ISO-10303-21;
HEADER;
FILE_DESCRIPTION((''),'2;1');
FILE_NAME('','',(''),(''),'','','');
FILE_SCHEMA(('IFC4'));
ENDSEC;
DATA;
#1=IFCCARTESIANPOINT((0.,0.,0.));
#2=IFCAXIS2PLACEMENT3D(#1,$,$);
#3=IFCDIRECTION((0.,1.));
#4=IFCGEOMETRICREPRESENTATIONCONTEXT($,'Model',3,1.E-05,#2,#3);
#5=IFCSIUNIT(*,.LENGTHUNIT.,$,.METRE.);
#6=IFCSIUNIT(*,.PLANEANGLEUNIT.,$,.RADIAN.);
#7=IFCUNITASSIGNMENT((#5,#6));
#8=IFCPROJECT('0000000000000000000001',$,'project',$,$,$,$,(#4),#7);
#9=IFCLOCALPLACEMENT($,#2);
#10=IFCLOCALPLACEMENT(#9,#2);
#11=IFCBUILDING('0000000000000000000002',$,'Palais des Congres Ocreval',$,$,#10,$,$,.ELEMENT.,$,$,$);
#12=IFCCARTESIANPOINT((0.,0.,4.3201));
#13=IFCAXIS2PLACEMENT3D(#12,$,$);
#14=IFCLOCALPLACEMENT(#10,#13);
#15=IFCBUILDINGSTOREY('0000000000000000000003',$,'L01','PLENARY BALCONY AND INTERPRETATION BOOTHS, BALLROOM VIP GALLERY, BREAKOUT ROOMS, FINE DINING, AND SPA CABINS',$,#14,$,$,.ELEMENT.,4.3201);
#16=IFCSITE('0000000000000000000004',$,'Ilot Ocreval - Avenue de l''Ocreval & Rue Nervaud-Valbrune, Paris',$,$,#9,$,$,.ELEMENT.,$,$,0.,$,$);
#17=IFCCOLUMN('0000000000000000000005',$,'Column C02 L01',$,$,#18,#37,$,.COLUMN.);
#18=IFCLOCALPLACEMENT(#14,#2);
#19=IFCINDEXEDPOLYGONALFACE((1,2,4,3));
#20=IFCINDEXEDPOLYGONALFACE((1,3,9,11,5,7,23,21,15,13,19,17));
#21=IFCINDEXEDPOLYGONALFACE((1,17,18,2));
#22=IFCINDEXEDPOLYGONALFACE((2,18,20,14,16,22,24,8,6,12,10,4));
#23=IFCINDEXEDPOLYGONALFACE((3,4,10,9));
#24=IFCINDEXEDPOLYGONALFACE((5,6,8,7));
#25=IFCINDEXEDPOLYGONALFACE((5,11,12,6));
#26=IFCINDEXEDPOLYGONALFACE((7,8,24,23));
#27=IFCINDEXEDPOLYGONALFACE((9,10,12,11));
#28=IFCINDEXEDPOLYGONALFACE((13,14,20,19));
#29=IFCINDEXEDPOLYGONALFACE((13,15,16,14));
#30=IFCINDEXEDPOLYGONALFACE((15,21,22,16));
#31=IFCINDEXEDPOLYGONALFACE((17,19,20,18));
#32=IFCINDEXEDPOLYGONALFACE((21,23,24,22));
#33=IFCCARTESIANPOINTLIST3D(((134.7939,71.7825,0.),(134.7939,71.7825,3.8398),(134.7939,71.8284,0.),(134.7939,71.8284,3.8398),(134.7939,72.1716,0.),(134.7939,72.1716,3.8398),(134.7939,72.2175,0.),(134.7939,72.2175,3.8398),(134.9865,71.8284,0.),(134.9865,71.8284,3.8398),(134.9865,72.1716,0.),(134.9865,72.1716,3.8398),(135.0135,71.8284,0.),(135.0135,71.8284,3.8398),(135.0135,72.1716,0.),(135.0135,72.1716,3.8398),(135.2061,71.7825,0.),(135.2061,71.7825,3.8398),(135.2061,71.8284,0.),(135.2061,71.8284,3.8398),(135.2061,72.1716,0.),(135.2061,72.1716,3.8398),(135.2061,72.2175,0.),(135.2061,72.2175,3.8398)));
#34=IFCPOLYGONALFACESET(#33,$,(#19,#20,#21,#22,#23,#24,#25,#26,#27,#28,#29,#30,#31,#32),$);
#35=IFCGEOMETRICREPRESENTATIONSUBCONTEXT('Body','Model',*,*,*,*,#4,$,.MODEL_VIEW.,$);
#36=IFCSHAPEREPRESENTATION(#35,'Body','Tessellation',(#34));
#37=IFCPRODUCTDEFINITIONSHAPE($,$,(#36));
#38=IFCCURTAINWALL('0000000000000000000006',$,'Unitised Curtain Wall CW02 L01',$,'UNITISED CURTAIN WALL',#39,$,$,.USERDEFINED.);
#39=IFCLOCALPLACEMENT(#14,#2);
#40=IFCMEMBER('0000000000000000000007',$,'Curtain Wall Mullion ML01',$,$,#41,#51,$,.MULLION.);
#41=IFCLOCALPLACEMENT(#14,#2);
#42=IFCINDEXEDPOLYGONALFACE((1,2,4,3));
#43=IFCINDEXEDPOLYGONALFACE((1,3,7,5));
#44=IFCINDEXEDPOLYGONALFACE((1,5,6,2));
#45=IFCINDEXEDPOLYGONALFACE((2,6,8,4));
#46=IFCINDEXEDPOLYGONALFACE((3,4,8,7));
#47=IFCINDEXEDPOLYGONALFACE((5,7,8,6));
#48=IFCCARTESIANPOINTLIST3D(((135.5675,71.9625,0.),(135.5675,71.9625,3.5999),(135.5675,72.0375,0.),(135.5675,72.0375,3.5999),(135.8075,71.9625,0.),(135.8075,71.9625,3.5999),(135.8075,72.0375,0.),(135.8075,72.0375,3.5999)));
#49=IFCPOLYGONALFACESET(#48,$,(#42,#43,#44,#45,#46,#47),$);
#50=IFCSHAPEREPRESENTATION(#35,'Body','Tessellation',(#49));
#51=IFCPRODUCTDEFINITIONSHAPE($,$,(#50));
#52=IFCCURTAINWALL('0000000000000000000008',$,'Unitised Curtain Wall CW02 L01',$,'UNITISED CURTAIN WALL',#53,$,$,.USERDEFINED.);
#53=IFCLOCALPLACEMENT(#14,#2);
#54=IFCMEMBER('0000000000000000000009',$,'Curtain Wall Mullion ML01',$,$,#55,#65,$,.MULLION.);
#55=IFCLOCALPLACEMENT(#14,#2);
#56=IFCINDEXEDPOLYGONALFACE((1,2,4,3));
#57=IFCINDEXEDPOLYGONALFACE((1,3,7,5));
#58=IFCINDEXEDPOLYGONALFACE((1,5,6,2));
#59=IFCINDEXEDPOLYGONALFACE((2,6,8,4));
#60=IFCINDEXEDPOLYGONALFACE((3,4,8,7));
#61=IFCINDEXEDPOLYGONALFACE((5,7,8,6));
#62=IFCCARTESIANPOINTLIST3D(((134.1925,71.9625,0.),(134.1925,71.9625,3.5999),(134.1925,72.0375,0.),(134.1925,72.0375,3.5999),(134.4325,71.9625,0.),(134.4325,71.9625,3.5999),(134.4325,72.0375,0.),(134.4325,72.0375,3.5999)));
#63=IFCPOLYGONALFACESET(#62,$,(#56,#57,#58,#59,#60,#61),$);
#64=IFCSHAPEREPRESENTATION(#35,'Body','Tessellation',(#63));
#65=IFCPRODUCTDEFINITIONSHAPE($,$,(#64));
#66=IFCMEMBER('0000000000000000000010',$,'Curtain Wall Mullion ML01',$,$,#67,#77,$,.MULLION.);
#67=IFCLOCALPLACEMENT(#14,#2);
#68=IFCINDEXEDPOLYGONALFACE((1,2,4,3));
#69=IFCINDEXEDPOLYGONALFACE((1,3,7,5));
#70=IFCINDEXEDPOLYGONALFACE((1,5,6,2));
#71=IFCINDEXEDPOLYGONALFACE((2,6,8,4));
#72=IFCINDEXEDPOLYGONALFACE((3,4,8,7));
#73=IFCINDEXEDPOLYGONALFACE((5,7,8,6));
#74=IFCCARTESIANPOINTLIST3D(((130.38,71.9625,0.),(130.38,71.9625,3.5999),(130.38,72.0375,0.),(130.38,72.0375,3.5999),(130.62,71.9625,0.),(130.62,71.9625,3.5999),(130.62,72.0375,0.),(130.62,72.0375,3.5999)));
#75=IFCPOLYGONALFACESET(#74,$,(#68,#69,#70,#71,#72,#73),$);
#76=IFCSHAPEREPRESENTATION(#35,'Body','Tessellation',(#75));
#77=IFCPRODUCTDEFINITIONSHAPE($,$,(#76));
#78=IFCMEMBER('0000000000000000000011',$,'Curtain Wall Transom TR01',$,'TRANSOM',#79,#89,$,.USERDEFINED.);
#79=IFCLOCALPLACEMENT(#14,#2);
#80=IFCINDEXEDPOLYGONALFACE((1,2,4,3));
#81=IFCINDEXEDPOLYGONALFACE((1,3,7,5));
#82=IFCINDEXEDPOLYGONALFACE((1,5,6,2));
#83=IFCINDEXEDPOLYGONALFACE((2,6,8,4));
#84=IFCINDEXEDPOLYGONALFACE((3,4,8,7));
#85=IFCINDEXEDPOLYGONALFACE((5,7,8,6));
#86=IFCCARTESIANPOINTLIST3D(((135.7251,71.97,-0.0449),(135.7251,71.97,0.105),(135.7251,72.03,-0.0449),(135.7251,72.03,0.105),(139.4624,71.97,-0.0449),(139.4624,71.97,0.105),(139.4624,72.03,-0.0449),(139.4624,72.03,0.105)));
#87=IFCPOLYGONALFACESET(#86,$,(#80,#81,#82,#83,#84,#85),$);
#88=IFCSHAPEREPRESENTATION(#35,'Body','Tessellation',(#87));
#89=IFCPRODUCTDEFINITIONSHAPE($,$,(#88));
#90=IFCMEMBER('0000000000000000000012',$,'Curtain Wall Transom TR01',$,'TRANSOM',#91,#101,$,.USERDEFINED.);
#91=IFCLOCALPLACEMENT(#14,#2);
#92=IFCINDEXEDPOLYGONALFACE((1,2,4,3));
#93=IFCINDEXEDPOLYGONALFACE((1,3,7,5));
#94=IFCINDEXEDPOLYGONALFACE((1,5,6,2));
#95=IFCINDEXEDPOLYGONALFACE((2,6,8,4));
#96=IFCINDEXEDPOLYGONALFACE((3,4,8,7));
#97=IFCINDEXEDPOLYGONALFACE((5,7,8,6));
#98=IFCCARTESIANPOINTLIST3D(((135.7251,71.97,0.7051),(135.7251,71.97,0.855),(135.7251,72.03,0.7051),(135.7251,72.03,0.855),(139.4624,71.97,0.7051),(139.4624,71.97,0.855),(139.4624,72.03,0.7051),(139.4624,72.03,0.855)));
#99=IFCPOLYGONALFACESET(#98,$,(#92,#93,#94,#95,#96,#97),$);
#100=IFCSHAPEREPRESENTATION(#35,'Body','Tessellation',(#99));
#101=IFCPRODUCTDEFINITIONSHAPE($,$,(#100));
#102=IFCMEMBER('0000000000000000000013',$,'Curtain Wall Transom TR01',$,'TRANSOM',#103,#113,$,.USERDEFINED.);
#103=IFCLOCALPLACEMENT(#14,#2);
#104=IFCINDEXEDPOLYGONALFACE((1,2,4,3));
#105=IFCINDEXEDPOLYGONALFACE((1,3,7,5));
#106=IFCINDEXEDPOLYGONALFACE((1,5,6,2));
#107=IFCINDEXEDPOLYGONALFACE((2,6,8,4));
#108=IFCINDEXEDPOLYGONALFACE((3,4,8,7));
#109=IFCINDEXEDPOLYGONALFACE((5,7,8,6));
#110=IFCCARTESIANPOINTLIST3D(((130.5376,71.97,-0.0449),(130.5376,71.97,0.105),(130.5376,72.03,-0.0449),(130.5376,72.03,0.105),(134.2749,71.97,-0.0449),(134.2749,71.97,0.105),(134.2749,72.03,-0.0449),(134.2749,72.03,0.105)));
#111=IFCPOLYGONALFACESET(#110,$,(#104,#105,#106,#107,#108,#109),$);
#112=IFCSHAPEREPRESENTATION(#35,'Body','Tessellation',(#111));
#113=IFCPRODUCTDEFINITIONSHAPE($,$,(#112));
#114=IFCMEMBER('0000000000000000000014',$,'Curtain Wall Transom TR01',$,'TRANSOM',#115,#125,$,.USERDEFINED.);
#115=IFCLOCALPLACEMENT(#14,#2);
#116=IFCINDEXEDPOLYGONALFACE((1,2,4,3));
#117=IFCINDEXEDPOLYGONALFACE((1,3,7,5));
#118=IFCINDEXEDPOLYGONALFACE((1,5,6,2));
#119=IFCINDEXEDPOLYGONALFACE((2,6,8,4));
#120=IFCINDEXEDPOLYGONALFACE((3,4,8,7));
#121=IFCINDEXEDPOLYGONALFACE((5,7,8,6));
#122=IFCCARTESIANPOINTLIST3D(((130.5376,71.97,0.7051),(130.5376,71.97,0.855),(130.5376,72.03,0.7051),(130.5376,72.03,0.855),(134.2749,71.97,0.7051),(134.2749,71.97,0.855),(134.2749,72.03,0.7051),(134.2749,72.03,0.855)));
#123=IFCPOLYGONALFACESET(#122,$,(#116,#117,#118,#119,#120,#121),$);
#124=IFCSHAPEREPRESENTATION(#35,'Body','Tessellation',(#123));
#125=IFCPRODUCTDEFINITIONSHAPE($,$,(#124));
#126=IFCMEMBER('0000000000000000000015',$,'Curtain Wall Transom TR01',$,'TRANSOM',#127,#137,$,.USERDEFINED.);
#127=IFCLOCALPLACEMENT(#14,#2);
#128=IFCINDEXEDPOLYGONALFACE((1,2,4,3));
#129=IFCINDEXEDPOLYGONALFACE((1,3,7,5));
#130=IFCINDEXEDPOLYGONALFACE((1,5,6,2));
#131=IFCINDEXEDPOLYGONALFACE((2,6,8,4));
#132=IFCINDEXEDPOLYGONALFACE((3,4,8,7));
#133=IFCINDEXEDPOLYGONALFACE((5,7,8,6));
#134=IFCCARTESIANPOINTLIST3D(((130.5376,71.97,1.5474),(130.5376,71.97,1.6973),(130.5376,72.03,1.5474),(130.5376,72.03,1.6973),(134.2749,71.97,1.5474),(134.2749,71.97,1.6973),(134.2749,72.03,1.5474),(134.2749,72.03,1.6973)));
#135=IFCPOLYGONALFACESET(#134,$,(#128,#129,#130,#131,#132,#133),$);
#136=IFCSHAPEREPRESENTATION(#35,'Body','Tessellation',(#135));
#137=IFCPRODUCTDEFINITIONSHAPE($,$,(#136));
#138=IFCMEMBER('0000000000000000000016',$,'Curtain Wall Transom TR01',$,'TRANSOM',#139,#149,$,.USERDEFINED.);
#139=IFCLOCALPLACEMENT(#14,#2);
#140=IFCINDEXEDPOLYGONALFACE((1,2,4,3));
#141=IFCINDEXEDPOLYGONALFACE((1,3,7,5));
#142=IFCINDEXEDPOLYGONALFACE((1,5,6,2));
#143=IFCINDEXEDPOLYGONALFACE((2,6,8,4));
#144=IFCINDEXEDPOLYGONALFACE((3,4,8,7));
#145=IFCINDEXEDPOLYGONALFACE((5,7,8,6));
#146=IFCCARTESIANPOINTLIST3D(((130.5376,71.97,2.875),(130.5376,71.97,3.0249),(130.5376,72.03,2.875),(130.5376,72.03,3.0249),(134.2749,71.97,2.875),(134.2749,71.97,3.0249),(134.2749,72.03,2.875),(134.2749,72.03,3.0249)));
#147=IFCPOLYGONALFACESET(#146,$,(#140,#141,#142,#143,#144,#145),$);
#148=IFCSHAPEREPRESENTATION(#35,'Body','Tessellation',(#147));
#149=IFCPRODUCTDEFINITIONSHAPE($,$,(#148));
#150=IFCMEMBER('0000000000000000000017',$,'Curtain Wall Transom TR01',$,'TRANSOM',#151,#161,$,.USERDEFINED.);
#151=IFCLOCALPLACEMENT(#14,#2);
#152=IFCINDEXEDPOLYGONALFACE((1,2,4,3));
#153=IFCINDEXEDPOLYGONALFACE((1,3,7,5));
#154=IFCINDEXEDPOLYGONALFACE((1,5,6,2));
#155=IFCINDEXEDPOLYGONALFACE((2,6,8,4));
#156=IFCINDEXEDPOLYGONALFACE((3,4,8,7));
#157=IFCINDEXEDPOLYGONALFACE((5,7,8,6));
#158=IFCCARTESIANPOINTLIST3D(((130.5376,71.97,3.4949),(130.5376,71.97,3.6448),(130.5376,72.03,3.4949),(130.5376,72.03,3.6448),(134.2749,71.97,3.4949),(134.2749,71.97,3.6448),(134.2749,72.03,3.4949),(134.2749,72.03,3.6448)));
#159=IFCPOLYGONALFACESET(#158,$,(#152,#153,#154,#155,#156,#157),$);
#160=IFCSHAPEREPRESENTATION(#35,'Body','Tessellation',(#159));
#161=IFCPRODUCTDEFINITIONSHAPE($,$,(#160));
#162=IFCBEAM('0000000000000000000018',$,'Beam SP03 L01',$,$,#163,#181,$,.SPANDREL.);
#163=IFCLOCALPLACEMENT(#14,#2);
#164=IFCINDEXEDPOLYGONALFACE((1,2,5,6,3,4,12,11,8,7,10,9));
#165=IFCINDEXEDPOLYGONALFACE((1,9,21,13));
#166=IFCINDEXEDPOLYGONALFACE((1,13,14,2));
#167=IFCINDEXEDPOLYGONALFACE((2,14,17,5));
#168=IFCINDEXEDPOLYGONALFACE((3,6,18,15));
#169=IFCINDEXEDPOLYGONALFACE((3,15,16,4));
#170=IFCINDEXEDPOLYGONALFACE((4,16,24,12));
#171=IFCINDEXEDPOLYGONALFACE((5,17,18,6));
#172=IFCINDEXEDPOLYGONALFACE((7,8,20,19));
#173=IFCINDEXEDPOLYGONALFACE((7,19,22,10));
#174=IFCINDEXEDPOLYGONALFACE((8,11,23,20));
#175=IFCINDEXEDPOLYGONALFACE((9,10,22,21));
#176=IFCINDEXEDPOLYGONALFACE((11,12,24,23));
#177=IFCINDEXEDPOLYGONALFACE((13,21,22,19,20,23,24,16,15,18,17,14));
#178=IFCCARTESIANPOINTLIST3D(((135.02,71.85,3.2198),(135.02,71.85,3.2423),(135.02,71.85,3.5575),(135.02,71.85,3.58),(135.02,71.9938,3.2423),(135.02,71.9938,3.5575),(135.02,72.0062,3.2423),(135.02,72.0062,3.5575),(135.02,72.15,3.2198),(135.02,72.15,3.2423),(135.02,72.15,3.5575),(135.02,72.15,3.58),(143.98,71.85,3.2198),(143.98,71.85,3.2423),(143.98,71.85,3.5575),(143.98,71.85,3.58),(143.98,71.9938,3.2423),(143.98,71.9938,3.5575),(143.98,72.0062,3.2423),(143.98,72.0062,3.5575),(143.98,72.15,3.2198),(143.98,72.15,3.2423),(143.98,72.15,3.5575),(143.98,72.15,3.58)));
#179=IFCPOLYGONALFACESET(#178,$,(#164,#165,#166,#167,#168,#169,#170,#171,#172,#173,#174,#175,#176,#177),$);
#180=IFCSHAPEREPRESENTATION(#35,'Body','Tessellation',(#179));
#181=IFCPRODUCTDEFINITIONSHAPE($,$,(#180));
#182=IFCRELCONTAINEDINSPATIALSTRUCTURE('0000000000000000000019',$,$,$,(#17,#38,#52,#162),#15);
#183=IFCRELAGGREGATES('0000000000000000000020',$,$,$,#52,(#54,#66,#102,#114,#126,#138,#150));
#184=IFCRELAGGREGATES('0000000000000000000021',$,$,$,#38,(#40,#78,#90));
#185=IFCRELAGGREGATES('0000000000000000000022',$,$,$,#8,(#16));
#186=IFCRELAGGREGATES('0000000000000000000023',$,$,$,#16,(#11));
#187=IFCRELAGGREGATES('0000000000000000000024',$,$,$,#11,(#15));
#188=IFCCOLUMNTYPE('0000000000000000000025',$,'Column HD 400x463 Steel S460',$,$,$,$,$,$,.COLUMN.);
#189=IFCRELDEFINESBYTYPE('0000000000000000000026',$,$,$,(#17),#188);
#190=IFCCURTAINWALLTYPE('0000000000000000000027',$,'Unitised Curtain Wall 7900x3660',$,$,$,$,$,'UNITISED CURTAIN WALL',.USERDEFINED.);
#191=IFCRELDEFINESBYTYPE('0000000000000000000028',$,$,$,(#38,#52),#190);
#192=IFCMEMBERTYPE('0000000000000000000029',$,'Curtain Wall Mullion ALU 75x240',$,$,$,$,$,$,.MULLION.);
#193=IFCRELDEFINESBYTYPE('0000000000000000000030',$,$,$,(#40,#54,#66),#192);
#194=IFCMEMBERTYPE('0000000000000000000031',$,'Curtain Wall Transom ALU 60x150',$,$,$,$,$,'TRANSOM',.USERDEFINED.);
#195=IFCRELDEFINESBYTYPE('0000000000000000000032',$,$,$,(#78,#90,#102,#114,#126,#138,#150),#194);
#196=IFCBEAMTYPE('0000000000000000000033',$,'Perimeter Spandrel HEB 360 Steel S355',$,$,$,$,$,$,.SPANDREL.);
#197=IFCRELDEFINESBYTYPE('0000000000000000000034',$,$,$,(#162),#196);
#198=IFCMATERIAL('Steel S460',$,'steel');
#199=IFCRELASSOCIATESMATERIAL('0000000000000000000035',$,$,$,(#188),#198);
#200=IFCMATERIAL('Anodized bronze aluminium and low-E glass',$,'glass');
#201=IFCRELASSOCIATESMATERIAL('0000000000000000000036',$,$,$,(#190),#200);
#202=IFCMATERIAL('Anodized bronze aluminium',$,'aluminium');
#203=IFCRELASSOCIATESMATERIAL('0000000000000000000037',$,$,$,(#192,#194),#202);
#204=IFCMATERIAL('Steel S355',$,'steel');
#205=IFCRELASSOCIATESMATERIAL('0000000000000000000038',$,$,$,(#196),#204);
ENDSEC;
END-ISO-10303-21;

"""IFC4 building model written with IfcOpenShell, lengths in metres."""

from ifc_helpers import new_model, si_unit, direction, frame, origin, origin_2d, place, context, subcontext, project, spatial, rectangle, i_section, extrude, material, material_profile, profile_set, type_object, element, aggregate, save


model = new_model("IFC4")

# Units and contexts
model_context = context("Model", 3, precision=1e-05, world=origin(), true_north=direction((0.0, 1.0)))
body_context = subcontext(model_context, "Body", "Model", "MODEL_VIEW")
ifc_project = project(units=[si_unit("LENGTHUNIT", "METRE"), si_unit("PLANEANGLEUNIT", "RADIAN")], contexts=[model_context])

# Site, building, storey
site_placement = place(None, origin())
site = spatial("IfcSite", under=ifc_project, at=site_placement, Name="Ilot Ocreval - Avenue de l'Ocreval & Rue Nervaud-Valbrune, Paris", CompositionType="ELEMENT", RefElevation=0.0)
building_placement = place(site_placement, origin())
building = spatial("IfcBuilding", under=site, at=building_placement, Name="Palais des Congres Ocreval", CompositionType="ELEMENT")
storey_placement = place(building_placement, frame((0.0, 0.0, 4.3201)))
storey = spatial("IfcBuildingStorey", under=building, at=storey_placement, Name="L01", Description="PLENARY BALCONY AND INTERPRETATION BOOTHS, BALLROOM VIP GALLERY, BREAKOUT ROOMS, FINE DINING, AND SPA CABINS", CompositionType="ELEMENT", Elevation=4.3201)

# Column
ifc_material_1 = material(Name="Steel S460", Category="steel")
ifc_material_profile_1 = material_profile(ifc_material_1, i_section(OverallWidth=0.4121, OverallDepth=0.4351, WebThickness=0.0271, FlangeThickness=0.0459, at=origin_2d()), Name="HD 400x463")
ifc_profile_set_1 = profile_set([ifc_material_profile_1], Name="Steel S460")
column_type = type_object("IfcColumnType", Name="Column HD 400x463 Steel S460", PredefinedType="COLUMN", material=ifc_profile_set_1)
column_placement = place(storey_placement, frame((135.0, 72.0, 0.0), z_axis=(0.0, 0.0, 1.0), x_axis=(1.0, 0.0, 0.0)))
element("IfcColumn", 1, at=column_placement, inside=storey, type_object=column_type, Name="Column C02 L01", PredefinedType="COLUMN", context=body_context, shape_type="SweptSolid", body=[
    extrude(i_section(OverallWidth=0.4121, OverallDepth=0.4351, WebThickness=0.0271, FlangeThickness=0.0459, at=origin_2d()), origin(), (0.0, 0.0, 1.0), 3.8398),
])

# Curtain wall, member
ifc_material_2 = material(Name="Anodized bronze aluminium and low-E glass", Category="glass")
curtain_wall_type = type_object("IfcCurtainWallType", Name="Unitised Curtain Wall 7900x3660", ElementType="UNITISED CURTAIN WALL", PredefinedType="USERDEFINED", material=ifc_material_2)
curtain_wall_1_placement = place(storey_placement, origin())
curtain_wall_1 = element("IfcCurtainWall", 2, at=curtain_wall_1_placement, inside=storey, type_object=curtain_wall_type, Name="Unitised Curtain Wall CW02 L01", ObjectType="UNITISED CURTAIN WALL", PredefinedType="USERDEFINED")
ifc_material_3 = material(Name="Anodized bronze aluminium", Category="aluminium")
ifc_material_profile_2 = material_profile(ifc_material_3, rectangle(XDim=0.075, YDim=0.24, at=origin_2d()), Name="ALU 75x240")
ifc_profile_set_2 = profile_set([ifc_material_profile_2], Name="Anodized bronze aluminium")
member_type_1 = type_object("IfcMemberType", Name="Curtain Wall Mullion ALU 75x240", PredefinedType="MULLION", material=ifc_profile_set_2)
member_1_placement = place(storey_placement, frame((135.6875, 72.0, 0.0), z_axis=(0.0, 0.0, 1.0), x_axis=(0.0, -1.0, 0.0)))
member_1 = element("IfcMember", 3, at=member_1_placement, type_object=member_type_1, Name="Curtain Wall Mullion ML01", PredefinedType="MULLION", context=body_context, shape_type="SweptSolid", body=[
    extrude(rectangle(XDim=0.075, YDim=0.24, at=origin_2d()), origin(), (0.0, 0.0, 1.0), 3.5999),
])

# Curtain wall, members
curtain_wall_2_placement = place(storey_placement, origin())
curtain_wall_2 = element("IfcCurtainWall", 4, at=curtain_wall_2_placement, inside=storey, type_object=curtain_wall_type, Name="Unitised Curtain Wall CW02 L01", ObjectType="UNITISED CURTAIN WALL", PredefinedType="USERDEFINED")
member_2_placement = place(storey_placement, frame((134.3125, 72.0, 0.0), z_axis=(0.0, 0.0, 1.0), x_axis=(0.0, -1.0, 0.0)))
member_2 = element("IfcMember", 5, at=member_2_placement, type_object=member_type_1, Name="Curtain Wall Mullion ML01", PredefinedType="MULLION", context=body_context, shape_type="SweptSolid", body=[
    extrude(rectangle(XDim=0.075, YDim=0.24, at=origin_2d()), origin(), (0.0, 0.0, 1.0), 3.5999),
])
member_3_placement = place(storey_placement, frame((130.5, 72.0, 0.0), z_axis=(0.0, 0.0, 1.0), x_axis=(0.0, -1.0, 0.0)))
member_3 = element("IfcMember", 6, at=member_3_placement, type_object=member_type_1, Name="Curtain Wall Mullion ML01", PredefinedType="MULLION", context=body_context, shape_type="SweptSolid", body=[
    extrude(rectangle(XDim=0.075, YDim=0.24, at=origin_2d()), origin(), (0.0, 0.0, 1.0), 3.5999),
])

# Members
ifc_material_profile_3 = material_profile(ifc_material_3, rectangle(XDim=0.0601, YDim=0.1499, at=origin_2d()), Name="ALU 60x150")
ifc_profile_set_3 = profile_set([ifc_material_profile_3], Name="Anodized bronze aluminium")
member_type_2 = type_object("IfcMemberType", Name="Curtain Wall Transom ALU 60x150", ElementType="TRANSOM", PredefinedType="USERDEFINED", material=ifc_profile_set_3)
member_4_placement = place(storey_placement, frame((139.4624, 72.0, 0.03), z_axis=(-1.0, 0.0, 0.0), x_axis=(0.0, -1.0, 0.0)))
member_4 = element("IfcMember", 7, at=member_4_placement, type_object=member_type_2, Name="Curtain Wall Transom TR01", ObjectType="TRANSOM", PredefinedType="USERDEFINED", context=body_context, shape_type="SweptSolid", body=[
    extrude(rectangle(XDim=0.0601, YDim=0.1499, at=origin_2d()), origin(), (0.0, 0.0, 1.0), 3.7373),
])
member_5_placement = place(storey_placement, frame((139.4624, 72.0, 0.78), z_axis=(-1.0, 0.0, 0.0), x_axis=(0.0, -1.0, 0.0)))
member_5 = element("IfcMember", 8, at=member_5_placement, type_object=member_type_2, Name="Curtain Wall Transom TR01", ObjectType="TRANSOM", PredefinedType="USERDEFINED", context=body_context, shape_type="SweptSolid", body=[
    extrude(rectangle(XDim=0.0601, YDim=0.1499, at=origin_2d()), origin(), (0.0, 0.0, 1.0), 3.7373),
])
member_6_placement = place(storey_placement, frame((134.2749, 72.0, 0.03), z_axis=(-1.0, 0.0, 0.0), x_axis=(0.0, -1.0, 0.0)))
member_6 = element("IfcMember", 9, at=member_6_placement, type_object=member_type_2, Name="Curtain Wall Transom TR01", ObjectType="TRANSOM", PredefinedType="USERDEFINED", context=body_context, shape_type="SweptSolid", body=[
    extrude(rectangle(XDim=0.0601, YDim=0.1499, at=origin_2d()), origin(), (0.0, 0.0, 1.0), 3.7373),
])
member_7_placement = place(storey_placement, frame((134.2749, 72.0, 0.78), z_axis=(-1.0, 0.0, 0.0), x_axis=(0.0, -1.0, 0.0)))
member_7 = element("IfcMember", 10, at=member_7_placement, type_object=member_type_2, Name="Curtain Wall Transom TR01", ObjectType="TRANSOM", PredefinedType="USERDEFINED", context=body_context, shape_type="SweptSolid", body=[
    extrude(rectangle(XDim=0.0601, YDim=0.1499, at=origin_2d()), origin(), (0.0, 0.0, 1.0), 3.7373),
])
member_8_placement = place(storey_placement, frame((134.2749, 72.0, 1.6223), z_axis=(-1.0, 0.0, 0.0), x_axis=(0.0, -1.0, 0.0)))
member_8 = element("IfcMember", 11, at=member_8_placement, type_object=member_type_2, Name="Curtain Wall Transom TR01", ObjectType="TRANSOM", PredefinedType="USERDEFINED", context=body_context, shape_type="SweptSolid", body=[
    extrude(rectangle(XDim=0.0601, YDim=0.1499, at=origin_2d()), origin(), (0.0, 0.0, 1.0), 3.7373),
])
member_9_placement = place(storey_placement, frame((134.2749, 72.0, 2.95), z_axis=(-1.0, 0.0, 0.0), x_axis=(0.0, -1.0, 0.0)))
member_9 = element("IfcMember", 12, at=member_9_placement, type_object=member_type_2, Name="Curtain Wall Transom TR01", ObjectType="TRANSOM", PredefinedType="USERDEFINED", context=body_context, shape_type="SweptSolid", body=[
    extrude(rectangle(XDim=0.0601, YDim=0.1499, at=origin_2d()), origin(), (0.0, 0.0, 1.0), 3.7373),
])
member_10_placement = place(storey_placement, frame((134.2749, 72.0, 3.5698), z_axis=(-1.0, 0.0, 0.0), x_axis=(0.0, -1.0, 0.0)))
member_10 = element("IfcMember", 13, at=member_10_placement, type_object=member_type_2, Name="Curtain Wall Transom TR01", ObjectType="TRANSOM", PredefinedType="USERDEFINED", context=body_context, shape_type="SweptSolid", body=[
    extrude(rectangle(XDim=0.0601, YDim=0.1499, at=origin_2d()), origin(), (0.0, 0.0, 1.0), 3.7373),
])

# Beam
ifc_material_4 = material(Name="Steel S355", Category="steel")
ifc_material_profile_4 = material_profile(ifc_material_4, i_section(OverallWidth=0.3, OverallDepth=0.3601, WebThickness=0.0125, FlangeThickness=0.0225, at=origin_2d()), Name="HEB 360")
ifc_profile_set_4 = profile_set([ifc_material_profile_4], Name="Steel S355")
beam_type = type_object("IfcBeamType", Name="Perimeter Spandrel HEB 360 Steel S355", PredefinedType="SPANDREL", material=ifc_profile_set_4)
beam_placement = place(storey_placement, frame((135.02, 72.0, 3.3999), z_axis=(1.0, 0.0, 0.0), x_axis=(0.0, 1.0, 0.0)))
element("IfcBeam", 14, at=beam_placement, inside=storey, type_object=beam_type, Name="Beam SP03 L01", PredefinedType="SPANDREL", context=body_context, shape_type="SweptSolid", body=[
    extrude(i_section(OverallWidth=0.3, OverallDepth=0.3601, WebThickness=0.0125, FlangeThickness=0.0225, at=origin_2d()), origin(), (0.0, 0.0, 1.0), 8.96),
])

aggregate(curtain_wall_2, [member_2, member_3, member_6, member_7, member_8, member_9, member_10])
aggregate(curtain_wall_1, [member_1, member_4, member_5])

save(model, "model.ifc")
